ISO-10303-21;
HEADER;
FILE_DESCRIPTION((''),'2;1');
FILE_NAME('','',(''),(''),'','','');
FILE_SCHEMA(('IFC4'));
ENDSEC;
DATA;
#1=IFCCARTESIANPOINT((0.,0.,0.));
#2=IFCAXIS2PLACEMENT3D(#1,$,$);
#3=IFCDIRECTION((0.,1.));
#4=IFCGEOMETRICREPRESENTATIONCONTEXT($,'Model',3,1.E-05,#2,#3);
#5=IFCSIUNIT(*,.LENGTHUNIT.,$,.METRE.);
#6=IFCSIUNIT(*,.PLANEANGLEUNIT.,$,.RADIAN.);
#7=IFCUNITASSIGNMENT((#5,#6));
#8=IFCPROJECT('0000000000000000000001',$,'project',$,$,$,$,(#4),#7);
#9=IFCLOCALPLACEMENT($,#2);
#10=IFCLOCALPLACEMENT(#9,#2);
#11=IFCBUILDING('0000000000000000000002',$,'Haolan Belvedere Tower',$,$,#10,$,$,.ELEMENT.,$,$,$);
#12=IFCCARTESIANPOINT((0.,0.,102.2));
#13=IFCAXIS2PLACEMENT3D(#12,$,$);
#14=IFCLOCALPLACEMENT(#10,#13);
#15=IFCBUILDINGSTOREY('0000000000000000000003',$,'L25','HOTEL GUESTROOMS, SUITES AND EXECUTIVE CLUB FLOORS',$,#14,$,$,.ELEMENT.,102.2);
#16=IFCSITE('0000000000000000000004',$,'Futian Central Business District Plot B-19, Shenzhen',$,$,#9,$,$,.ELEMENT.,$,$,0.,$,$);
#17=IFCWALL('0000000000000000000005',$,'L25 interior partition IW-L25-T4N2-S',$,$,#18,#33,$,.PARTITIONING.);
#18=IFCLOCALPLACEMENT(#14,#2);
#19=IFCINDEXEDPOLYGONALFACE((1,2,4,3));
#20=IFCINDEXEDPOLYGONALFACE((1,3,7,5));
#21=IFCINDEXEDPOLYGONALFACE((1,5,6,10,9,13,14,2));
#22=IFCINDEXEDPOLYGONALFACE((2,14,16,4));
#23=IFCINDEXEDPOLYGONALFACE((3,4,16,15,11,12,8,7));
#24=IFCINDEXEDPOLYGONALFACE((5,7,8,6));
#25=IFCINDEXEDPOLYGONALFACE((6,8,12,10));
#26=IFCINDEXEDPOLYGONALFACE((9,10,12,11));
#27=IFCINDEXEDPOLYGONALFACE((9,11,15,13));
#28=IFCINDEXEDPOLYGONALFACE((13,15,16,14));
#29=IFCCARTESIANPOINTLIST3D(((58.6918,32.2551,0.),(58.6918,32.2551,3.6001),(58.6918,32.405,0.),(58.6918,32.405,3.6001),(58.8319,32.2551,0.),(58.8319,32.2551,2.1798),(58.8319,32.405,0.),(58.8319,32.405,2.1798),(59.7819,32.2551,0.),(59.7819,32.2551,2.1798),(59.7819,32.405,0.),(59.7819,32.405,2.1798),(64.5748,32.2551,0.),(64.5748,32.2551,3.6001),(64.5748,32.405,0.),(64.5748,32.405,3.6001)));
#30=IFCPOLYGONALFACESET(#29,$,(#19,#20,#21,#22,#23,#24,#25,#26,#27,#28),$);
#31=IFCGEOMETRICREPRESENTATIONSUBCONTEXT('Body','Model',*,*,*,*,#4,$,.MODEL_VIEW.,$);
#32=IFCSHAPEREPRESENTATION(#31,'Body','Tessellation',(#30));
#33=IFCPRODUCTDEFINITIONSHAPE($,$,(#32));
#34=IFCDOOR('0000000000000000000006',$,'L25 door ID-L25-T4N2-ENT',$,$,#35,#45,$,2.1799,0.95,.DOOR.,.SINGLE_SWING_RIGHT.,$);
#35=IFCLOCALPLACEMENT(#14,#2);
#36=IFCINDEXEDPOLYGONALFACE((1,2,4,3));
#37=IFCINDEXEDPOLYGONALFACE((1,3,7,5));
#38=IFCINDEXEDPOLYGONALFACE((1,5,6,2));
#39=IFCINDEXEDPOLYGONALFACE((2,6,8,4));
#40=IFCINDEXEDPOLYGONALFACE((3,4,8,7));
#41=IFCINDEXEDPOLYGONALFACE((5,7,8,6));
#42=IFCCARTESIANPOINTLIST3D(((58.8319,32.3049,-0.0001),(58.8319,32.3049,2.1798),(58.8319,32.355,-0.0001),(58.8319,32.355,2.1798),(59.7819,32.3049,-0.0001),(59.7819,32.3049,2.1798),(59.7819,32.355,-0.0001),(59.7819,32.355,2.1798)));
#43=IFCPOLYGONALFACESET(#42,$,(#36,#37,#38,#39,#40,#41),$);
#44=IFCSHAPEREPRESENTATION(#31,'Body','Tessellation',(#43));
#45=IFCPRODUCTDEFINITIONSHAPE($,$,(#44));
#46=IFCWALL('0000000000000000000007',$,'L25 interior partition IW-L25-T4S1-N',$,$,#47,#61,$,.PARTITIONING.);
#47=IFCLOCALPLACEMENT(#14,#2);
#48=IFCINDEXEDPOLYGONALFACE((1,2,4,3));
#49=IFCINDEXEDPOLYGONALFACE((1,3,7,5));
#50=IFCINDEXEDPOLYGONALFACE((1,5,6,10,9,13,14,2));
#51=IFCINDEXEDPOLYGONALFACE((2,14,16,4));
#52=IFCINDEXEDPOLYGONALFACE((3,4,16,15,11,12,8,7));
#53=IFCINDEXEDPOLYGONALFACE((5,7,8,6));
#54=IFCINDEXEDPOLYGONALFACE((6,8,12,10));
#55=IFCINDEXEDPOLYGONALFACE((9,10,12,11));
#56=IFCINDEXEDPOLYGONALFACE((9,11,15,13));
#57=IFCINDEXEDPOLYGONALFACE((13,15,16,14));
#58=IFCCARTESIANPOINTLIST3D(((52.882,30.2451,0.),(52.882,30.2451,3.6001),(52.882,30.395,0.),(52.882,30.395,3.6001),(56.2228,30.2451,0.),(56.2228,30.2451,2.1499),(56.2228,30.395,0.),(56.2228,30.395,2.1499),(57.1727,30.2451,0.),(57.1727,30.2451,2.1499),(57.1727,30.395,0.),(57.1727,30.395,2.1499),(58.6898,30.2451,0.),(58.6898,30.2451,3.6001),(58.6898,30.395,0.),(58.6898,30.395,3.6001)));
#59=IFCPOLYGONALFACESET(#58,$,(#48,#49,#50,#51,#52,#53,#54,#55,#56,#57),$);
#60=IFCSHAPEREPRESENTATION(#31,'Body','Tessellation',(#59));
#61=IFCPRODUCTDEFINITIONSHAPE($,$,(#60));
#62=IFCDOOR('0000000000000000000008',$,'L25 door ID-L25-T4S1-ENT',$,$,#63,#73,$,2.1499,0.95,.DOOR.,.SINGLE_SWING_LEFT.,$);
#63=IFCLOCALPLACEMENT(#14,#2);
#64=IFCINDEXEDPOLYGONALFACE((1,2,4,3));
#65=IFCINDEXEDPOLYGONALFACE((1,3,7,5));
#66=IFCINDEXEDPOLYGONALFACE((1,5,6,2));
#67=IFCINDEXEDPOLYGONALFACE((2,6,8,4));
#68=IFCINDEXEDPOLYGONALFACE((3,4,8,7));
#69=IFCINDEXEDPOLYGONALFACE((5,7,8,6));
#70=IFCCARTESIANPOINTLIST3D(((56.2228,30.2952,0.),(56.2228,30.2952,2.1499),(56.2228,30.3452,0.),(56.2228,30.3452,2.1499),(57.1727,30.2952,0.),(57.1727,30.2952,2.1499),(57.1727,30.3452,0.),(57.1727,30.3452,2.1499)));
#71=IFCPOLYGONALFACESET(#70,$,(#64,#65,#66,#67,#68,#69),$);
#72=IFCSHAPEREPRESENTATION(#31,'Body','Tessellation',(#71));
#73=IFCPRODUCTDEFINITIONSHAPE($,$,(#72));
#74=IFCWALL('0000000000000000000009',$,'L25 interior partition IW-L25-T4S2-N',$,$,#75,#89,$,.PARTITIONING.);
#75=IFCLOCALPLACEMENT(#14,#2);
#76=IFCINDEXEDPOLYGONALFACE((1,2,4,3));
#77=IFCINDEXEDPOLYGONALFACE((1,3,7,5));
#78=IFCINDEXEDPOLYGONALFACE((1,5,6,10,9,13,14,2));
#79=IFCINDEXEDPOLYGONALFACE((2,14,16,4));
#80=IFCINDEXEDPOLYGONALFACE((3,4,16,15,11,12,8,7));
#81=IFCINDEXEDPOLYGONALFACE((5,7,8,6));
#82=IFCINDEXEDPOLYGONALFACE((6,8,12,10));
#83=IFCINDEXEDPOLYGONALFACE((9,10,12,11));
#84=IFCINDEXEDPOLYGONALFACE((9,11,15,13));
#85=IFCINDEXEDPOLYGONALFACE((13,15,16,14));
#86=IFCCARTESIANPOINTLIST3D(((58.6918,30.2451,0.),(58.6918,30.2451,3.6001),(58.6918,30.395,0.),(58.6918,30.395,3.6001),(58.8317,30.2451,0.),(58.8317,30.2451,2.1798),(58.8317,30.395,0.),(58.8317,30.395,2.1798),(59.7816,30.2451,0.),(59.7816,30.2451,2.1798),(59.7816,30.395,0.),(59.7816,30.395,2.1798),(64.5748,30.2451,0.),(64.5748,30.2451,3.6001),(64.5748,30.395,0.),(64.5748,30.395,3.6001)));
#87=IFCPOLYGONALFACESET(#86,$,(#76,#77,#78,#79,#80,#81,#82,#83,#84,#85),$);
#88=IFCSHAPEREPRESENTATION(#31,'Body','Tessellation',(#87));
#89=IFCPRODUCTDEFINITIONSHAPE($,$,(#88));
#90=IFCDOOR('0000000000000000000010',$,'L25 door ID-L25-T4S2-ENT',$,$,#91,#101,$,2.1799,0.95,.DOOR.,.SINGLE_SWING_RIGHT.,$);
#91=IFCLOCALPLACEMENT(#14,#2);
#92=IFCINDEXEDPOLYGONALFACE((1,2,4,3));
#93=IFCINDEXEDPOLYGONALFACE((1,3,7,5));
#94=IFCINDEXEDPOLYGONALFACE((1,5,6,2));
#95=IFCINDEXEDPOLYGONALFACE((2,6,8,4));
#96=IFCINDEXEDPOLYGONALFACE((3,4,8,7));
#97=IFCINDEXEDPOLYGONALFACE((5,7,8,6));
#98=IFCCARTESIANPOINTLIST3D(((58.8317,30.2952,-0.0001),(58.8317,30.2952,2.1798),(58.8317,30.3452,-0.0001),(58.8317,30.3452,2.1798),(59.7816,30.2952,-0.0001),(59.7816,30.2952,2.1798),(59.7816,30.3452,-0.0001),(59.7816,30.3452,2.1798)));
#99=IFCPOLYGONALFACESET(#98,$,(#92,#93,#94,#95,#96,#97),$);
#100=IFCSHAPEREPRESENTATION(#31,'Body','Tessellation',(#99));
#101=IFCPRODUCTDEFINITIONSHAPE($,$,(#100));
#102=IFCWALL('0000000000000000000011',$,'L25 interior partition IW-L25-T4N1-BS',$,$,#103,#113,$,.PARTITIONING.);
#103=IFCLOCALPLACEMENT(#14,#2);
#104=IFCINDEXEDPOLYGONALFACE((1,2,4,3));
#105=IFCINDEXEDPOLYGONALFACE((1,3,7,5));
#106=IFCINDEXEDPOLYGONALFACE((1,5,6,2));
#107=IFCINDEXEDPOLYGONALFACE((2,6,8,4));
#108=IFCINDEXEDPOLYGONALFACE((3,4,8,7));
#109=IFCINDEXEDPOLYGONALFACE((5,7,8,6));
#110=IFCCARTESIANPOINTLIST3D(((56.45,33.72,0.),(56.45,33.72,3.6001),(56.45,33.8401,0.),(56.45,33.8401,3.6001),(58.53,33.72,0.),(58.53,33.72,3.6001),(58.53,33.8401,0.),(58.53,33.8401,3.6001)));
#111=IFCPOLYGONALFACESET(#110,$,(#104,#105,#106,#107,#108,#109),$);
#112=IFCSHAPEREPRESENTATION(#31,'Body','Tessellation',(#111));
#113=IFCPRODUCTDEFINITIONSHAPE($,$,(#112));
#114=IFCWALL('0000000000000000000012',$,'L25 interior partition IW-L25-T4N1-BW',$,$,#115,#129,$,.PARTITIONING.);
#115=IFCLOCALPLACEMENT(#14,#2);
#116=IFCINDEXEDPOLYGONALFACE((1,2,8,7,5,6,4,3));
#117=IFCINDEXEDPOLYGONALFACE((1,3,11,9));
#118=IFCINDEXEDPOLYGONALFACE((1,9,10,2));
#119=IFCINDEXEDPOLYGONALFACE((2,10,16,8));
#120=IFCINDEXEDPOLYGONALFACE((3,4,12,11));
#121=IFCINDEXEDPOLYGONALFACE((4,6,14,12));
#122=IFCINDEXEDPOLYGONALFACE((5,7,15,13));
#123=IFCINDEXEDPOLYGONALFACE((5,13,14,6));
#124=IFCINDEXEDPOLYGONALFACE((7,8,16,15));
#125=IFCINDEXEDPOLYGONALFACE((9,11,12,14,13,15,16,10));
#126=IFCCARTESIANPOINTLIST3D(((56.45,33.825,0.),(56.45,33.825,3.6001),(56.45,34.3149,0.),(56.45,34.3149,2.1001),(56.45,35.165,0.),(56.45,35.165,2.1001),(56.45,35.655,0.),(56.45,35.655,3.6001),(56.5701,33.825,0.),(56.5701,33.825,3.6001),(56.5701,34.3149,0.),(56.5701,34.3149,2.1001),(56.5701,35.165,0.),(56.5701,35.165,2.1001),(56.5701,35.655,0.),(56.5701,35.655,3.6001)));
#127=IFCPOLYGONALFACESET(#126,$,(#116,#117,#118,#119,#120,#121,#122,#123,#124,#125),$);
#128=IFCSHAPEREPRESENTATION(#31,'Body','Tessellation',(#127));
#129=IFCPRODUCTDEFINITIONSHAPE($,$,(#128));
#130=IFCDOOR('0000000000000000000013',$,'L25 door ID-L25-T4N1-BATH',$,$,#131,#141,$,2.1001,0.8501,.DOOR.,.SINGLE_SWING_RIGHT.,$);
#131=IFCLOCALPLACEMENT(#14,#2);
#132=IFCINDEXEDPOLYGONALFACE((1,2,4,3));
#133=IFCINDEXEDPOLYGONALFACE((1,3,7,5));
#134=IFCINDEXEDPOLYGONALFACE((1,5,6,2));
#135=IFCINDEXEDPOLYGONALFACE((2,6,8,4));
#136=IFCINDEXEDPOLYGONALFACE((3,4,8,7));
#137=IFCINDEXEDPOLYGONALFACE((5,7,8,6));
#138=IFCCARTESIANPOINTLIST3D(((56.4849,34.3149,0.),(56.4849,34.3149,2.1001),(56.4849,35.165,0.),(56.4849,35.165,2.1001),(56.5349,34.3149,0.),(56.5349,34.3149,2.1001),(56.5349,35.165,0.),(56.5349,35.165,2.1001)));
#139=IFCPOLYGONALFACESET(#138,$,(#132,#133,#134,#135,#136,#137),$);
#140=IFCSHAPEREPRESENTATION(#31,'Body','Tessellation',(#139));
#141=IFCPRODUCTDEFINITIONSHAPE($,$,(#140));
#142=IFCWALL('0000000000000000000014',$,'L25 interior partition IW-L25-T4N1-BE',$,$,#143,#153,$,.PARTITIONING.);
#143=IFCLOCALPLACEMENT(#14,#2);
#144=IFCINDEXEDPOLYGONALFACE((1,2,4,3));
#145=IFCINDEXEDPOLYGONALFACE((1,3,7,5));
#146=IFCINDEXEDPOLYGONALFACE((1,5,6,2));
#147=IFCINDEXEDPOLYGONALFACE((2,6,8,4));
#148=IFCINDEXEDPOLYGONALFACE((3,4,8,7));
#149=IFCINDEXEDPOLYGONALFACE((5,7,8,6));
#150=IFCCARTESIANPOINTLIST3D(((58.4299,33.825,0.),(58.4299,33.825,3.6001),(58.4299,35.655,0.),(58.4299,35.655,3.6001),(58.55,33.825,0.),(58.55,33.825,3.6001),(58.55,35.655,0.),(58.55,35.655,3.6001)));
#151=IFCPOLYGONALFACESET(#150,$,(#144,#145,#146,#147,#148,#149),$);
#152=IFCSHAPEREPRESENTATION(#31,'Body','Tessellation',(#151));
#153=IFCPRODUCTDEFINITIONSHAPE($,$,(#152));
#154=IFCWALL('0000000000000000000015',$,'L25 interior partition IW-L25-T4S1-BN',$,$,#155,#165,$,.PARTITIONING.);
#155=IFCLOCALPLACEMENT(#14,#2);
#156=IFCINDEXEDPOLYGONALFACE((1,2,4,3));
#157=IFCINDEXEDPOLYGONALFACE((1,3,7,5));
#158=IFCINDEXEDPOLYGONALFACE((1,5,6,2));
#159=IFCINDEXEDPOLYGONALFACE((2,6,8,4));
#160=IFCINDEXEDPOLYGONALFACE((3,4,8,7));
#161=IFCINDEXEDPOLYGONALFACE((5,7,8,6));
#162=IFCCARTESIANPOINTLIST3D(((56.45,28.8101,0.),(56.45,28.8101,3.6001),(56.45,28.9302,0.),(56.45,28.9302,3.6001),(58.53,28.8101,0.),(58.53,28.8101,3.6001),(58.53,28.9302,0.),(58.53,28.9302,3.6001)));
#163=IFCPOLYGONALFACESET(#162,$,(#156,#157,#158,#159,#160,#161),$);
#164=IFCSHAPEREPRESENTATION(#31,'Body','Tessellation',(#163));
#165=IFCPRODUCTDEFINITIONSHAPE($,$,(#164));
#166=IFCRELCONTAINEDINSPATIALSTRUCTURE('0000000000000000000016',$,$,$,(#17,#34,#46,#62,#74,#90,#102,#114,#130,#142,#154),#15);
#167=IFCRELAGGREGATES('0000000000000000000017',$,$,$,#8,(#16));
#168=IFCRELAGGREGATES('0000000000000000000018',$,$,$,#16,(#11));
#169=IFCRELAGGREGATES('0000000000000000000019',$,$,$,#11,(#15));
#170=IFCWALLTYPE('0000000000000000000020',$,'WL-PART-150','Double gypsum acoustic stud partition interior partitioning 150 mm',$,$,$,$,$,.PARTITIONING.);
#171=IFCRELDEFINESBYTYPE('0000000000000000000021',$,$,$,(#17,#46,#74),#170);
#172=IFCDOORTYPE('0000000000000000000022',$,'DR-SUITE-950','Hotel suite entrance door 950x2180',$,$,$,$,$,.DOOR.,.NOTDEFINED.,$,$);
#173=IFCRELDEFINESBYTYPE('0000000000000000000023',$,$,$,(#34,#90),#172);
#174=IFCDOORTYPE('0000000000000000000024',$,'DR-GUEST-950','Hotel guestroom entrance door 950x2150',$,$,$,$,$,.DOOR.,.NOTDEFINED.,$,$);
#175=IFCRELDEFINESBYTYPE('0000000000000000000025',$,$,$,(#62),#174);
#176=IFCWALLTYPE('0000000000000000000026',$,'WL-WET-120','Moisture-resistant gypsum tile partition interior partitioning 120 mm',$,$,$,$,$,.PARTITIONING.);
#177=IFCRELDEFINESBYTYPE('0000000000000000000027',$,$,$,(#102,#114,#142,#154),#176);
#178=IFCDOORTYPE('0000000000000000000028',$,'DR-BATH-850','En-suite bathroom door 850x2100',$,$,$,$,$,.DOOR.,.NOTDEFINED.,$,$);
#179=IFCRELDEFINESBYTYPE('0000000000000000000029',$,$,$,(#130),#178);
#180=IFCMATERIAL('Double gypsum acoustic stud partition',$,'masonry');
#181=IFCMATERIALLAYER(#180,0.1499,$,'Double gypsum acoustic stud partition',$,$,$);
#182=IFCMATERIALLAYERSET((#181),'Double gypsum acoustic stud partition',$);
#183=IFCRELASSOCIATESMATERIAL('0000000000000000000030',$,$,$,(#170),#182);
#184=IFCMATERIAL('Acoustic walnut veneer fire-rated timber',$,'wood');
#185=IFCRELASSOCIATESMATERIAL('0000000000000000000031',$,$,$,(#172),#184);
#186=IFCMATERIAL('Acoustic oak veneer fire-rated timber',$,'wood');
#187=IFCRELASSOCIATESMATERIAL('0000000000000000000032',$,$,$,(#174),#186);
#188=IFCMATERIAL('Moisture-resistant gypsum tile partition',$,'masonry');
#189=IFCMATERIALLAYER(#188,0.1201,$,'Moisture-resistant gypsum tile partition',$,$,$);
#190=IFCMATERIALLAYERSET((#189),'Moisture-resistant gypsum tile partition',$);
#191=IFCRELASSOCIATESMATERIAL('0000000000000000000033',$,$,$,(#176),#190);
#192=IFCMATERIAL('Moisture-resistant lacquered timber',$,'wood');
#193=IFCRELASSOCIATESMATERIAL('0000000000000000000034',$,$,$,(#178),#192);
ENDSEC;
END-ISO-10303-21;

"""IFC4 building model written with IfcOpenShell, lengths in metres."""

from ifc_helpers import new_model, si_unit, direction, frame, frame_2d, origin, place, context, subcontext, project, spatial, rectangle, extrude, material, layer, layer_set, type_object, element, fill, save


model = new_model("IFC4")

# Units and contexts
model_context = context("Model", 3, precision=1e-05, world=origin(), true_north=direction((0.0, 1.0)))
body_context = subcontext(model_context, "Body", "Model", "MODEL_VIEW")
ifc_project = project(units=[si_unit("LENGTHUNIT", "METRE"), si_unit("PLANEANGLEUNIT", "RADIAN")], contexts=[model_context])

# Site, building, storey
site_placement = place(None, origin())
site = spatial("IfcSite", under=ifc_project, at=site_placement, Name="Futian Central Business District Plot B-19, Shenzhen", CompositionType="ELEMENT", RefElevation=0.0)
building_placement = place(site_placement, origin())
building = spatial("IfcBuilding", under=site, at=building_placement, Name="Haolan Belvedere Tower", CompositionType="ELEMENT")
storey_placement = place(building_placement, frame((0.0, 0.0, 102.2)))
storey = spatial("IfcBuildingStorey", under=building, at=storey_placement, Name="L25", Description="HOTEL GUESTROOMS, SUITES AND EXECUTIVE CLUB FLOORS", CompositionType="ELEMENT", Elevation=102.2)

# Shared definitions
ifc_material_1 = material(Name="Double gypsum acoustic stud partition", Category="masonry")
ifc_layer_1 = layer(ifc_material_1, 0.1499, Name="Double gypsum acoustic stud partition")
ifc_layer_set_1 = layer_set([ifc_layer_1], Name="Double gypsum acoustic stud partition")
wall_type_1 = type_object("IfcWallType", Name="WL-PART-150", Description="Double gypsum acoustic stud partition interior partitioning 150 mm", PredefinedType="PARTITIONING", material=ifc_layer_set_1)

# Shared definitions
ifc_material_2 = material(Name="Acoustic walnut veneer fire-rated timber", Category="wood")
door_type_1 = type_object("IfcDoorType", Name="DR-SUITE-950", Description="Hotel suite entrance door 950x2180", OperationType="NOTDEFINED", PredefinedType="DOOR", material=ifc_material_2)

# Walls, openings, doors
wall_1_placement = place(storey_placement, frame((58.6919, 32.3301, 0.0), z_axis=(0.0, 0.0, 1.0), x_axis=(1.0, 0.0, 0.0)))
wall_1 = element("IfcWall", 1, at=wall_1_placement, inside=storey, type_object=wall_type_1, Name="L25 interior partition IW-L25-T4N2-S", PredefinedType="PARTITIONING", context=body_context, shape_type="SweptSolid", body=[
    extrude(rectangle(XDim=5.8831, YDim=0.1499, at=frame_2d((2.9414, 0.0))), origin(), (0.0, 0.0, 1.0), 3.6001),
])
opening_1_placement = place(wall_1_placement, frame((0.1399, 0.0, 0.0)))
opening_1 = element("IfcOpeningElement", 2, at=opening_1_placement, cuts=wall_1, PredefinedType="OPENING", context=body_context, shape_type="SweptSolid", body=[
    extrude(rectangle(XDim=0.95, YDim=2.1799, at=frame_2d((0.4751, 1.0898))), frame((0.0, 0.085, 0.0), z_axis=(0.0, -1.0, 0.0), x_axis=(1.0, 0.0, 0.0)), (0.0, 0.0, 1.0), 0.1699),
])
door_1_placement = place(opening_1_placement, origin())
door_1 = element("IfcDoor", 3, at=door_1_placement, inside=storey, type_object=door_type_1, Name="L25 door ID-L25-T4N2-ENT", OperationType="SINGLE_SWING_RIGHT", OverallHeight=2.1799, OverallWidth=0.95, PredefinedType="DOOR", context=body_context, shape_type="SweptSolid", body=[
    extrude(rectangle(XDim=0.95, YDim=2.1799, at=frame_2d((0.4751, 1.0898))), frame((0.0, 0.0249, 0.0), z_axis=(0.0, -1.0, 0.0), x_axis=(1.0, 0.0, 0.0)), (0.0, 0.0, 1.0), 0.05),
])
fill(opening_1, door_1)
wall_2_placement = place(storey_placement, frame((52.8821, 30.3201, 0.0), z_axis=(0.0, 0.0, 1.0), x_axis=(1.0, 0.0, 0.0)))
wall_2 = element("IfcWall", 4, at=wall_2_placement, inside=storey, type_object=wall_type_1, Name="L25 interior partition IW-L25-T4S1-N", PredefinedType="PARTITIONING", context=body_context, shape_type="SweptSolid", body=[
    extrude(rectangle(XDim=5.8079, YDim=0.1499, at=frame_2d((2.9038, 0.0))), origin(), (0.0, 0.0, 1.0), 3.6001),
])
opening_2_placement = place(wall_2_placement, frame((4.2908, 0.0, 0.0), z_axis=(0.0, 0.0, 1.0), x_axis=(-1.0, 0.0, 0.0)))
opening_2 = element("IfcOpeningElement", 5, at=opening_2_placement, cuts=wall_2, PredefinedType="OPENING", context=body_context, shape_type="SweptSolid", body=[
    extrude(rectangle(XDim=0.95, YDim=2.1499, at=frame_2d((0.4751, 1.075))), frame((0.0, 0.085, 0.0), z_axis=(0.0, -1.0, 0.0), x_axis=(1.0, 0.0, 0.0)), (0.0, 0.0, 1.0), 0.1699),
])
ifc_material_3 = material(Name="Acoustic oak veneer fire-rated timber", Category="wood")
door_type_2 = type_object("IfcDoorType", Name="DR-GUEST-950", Description="Hotel guestroom entrance door 950x2150", OperationType="NOTDEFINED", PredefinedType="DOOR", material=ifc_material_3)
door_2_placement = place(opening_2_placement, origin())
door_2 = element("IfcDoor", 6, at=door_2_placement, inside=storey, type_object=door_type_2, Name="L25 door ID-L25-T4S1-ENT", OperationType="SINGLE_SWING_LEFT", OverallHeight=2.1499, OverallWidth=0.95, PredefinedType="DOOR", context=body_context, shape_type="SweptSolid", body=[
    extrude(rectangle(XDim=0.95, YDim=2.1499, at=frame_2d((0.4751, 1.075))), frame((0.0, 0.0249, 0.0), z_axis=(0.0, -1.0, 0.0), x_axis=(1.0, 0.0, 0.0)), (0.0, 0.0, 1.0), 0.05),
])
fill(opening_2, door_2)
wall_3_placement = place(storey_placement, frame((58.6919, 30.3201, 0.0), z_axis=(0.0, 0.0, 1.0), x_axis=(1.0, 0.0, 0.0)))
wall_3 = element("IfcWall", 7, at=wall_3_placement, inside=storey, type_object=wall_type_1, Name="L25 interior partition IW-L25-T4S2-N", PredefinedType="PARTITIONING", context=body_context, shape_type="SweptSolid", body=[
    extrude(rectangle(XDim=5.8831, YDim=0.1499, at=frame_2d((2.9414, 0.0))), origin(), (0.0, 0.0, 1.0), 3.6001),
])
opening_3_placement = place(wall_3_placement, frame((1.0898, 0.0, 0.0), z_axis=(0.0, 0.0, 1.0), x_axis=(-1.0, 0.0, 0.0)))
opening_3 = element("IfcOpeningElement", 8, at=opening_3_placement, cuts=wall_3, PredefinedType="OPENING", context=body_context, shape_type="SweptSolid", body=[
    extrude(rectangle(XDim=0.95, YDim=2.1799, at=frame_2d((0.4751, 1.0898))), frame((0.0, 0.085, 0.0), z_axis=(0.0, -1.0, 0.0), x_axis=(1.0, 0.0, 0.0)), (0.0, 0.0, 1.0), 0.1699),
])
door_3_placement = place(opening_3_placement, origin())
door_3 = element("IfcDoor", 9, at=door_3_placement, inside=storey, type_object=door_type_1, Name="L25 door ID-L25-T4S2-ENT", OperationType="SINGLE_SWING_RIGHT", OverallHeight=2.1799, OverallWidth=0.95, PredefinedType="DOOR", context=body_context, shape_type="SweptSolid", body=[
    extrude(rectangle(XDim=0.95, YDim=2.1799, at=frame_2d((0.4751, 1.0898))), frame((0.0, 0.0249, 0.0), z_axis=(0.0, -1.0, 0.0), x_axis=(1.0, 0.0, 0.0)), (0.0, 0.0, 1.0), 0.05),
])
fill(opening_3, door_3)

# Wall
ifc_material_4 = material(Name="Moisture-resistant gypsum tile partition", Category="masonry")
ifc_layer_2 = layer(ifc_material_4, 0.1201, Name="Moisture-resistant gypsum tile partition")
ifc_layer_set_2 = layer_set([ifc_layer_2], Name="Moisture-resistant gypsum tile partition")
wall_type_2 = type_object("IfcWallType", Name="WL-WET-120", Description="Moisture-resistant gypsum tile partition interior partitioning 120 mm", PredefinedType="PARTITIONING", material=ifc_layer_set_2)
wall_4_placement = place(storey_placement, frame((56.45, 33.78, 0.0), z_axis=(0.0, 0.0, 1.0), x_axis=(1.0, 0.0, 0.0)))
element("IfcWall", 10, at=wall_4_placement, inside=storey, type_object=wall_type_2, Name="L25 interior partition IW-L25-T4N1-BS", PredefinedType="PARTITIONING", context=body_context, shape_type="SweptSolid", body=[
    extrude(rectangle(XDim=2.0801, YDim=0.1201, at=frame_2d((1.04, 0.0))), origin(), (0.0, 0.0, 1.0), 3.6001),
])

# Wall, opening, door
wall_5_placement = place(storey_placement, frame((56.51, 33.825, 0.0), z_axis=(0.0, 0.0, 1.0), x_axis=(0.0, 1.0, 0.0)))
wall_5 = element("IfcWall", 11, at=wall_5_placement, inside=storey, type_object=wall_type_2, Name="L25 interior partition IW-L25-T4N1-BW", PredefinedType="PARTITIONING", context=body_context, shape_type="SweptSolid", body=[
    extrude(rectangle(XDim=1.8301, YDim=0.1201, at=frame_2d((0.915, 0.0))), origin(), (0.0, 0.0, 1.0), 3.6001),
])
opening_4_placement = place(wall_5_placement, frame((1.3401, 0.0, 0.0), z_axis=(0.0, 0.0, 1.0), x_axis=(-1.0, 0.0, 0.0)))
opening_4 = element("IfcOpeningElement", 12, at=opening_4_placement, cuts=wall_5, PredefinedType="OPENING", context=body_context, shape_type="SweptSolid", body=[
    extrude(rectangle(XDim=0.8501, YDim=2.1001, at=frame_2d((0.425, 1.05))), frame((0.0, 0.0701, 0.0), z_axis=(0.0, -1.0, 0.0), x_axis=(1.0, 0.0, 0.0)), (0.0, 0.0, 1.0), 0.1401),
])
ifc_material_5 = material(Name="Moisture-resistant lacquered timber", Category="wood")
door_type_3 = type_object("IfcDoorType", Name="DR-BATH-850", Description="En-suite bathroom door 850x2100", OperationType="NOTDEFINED", PredefinedType="DOOR", material=ifc_material_5)
door_4_placement = place(opening_4_placement, origin())
door_4 = element("IfcDoor", 13, at=door_4_placement, inside=storey, type_object=door_type_3, Name="L25 door ID-L25-T4N1-BATH", OperationType="SINGLE_SWING_RIGHT", OverallHeight=2.1001, OverallWidth=0.8501, PredefinedType="DOOR", context=body_context, shape_type="SweptSolid", body=[
    extrude(rectangle(XDim=0.8501, YDim=2.1001, at=frame_2d((0.425, 1.05))), frame((0.0, 0.0249, 0.0), z_axis=(0.0, -1.0, 0.0), x_axis=(1.0, 0.0, 0.0)), (0.0, 0.0, 1.0), 0.05),
])
fill(opening_4, door_4)

# Walls
wall_6_placement = place(storey_placement, frame((58.49, 33.825, 0.0), z_axis=(0.0, 0.0, 1.0), x_axis=(0.0, 1.0, 0.0)))
element("IfcWall", 14, at=wall_6_placement, inside=storey, type_object=wall_type_2, Name="L25 interior partition IW-L25-T4N1-BE", PredefinedType="PARTITIONING", context=body_context, shape_type="SweptSolid", body=[
    extrude(rectangle(XDim=1.8301, YDim=0.1201, at=frame_2d((0.915, 0.0))), origin(), (0.0, 0.0, 1.0), 3.6001),
])
for number, where, z_axis, x_axis, name in (
    (15, (56.45, 28.8701, 0.0), (0.0, 0.0, 1.0), (1.0, 0.0, 0.0), "L25 interior partition IW-L25-T4S1-BN"),
):
    element("IfcWall", number, at=place(storey_placement, frame(where, z_axis=z_axis, x_axis=x_axis)), inside=storey, type_object=wall_type_2, Name=name, PredefinedType="PARTITIONING", context=body_context, shape_type="SweptSolid", body=[
        extrude(rectangle(XDim=2.0801, YDim=0.1201, at=frame_2d((1.04, 0.0))), origin(), (0.0, 0.0, 1.0), 3.6001),
    ])

save(model, "model.ifc")
